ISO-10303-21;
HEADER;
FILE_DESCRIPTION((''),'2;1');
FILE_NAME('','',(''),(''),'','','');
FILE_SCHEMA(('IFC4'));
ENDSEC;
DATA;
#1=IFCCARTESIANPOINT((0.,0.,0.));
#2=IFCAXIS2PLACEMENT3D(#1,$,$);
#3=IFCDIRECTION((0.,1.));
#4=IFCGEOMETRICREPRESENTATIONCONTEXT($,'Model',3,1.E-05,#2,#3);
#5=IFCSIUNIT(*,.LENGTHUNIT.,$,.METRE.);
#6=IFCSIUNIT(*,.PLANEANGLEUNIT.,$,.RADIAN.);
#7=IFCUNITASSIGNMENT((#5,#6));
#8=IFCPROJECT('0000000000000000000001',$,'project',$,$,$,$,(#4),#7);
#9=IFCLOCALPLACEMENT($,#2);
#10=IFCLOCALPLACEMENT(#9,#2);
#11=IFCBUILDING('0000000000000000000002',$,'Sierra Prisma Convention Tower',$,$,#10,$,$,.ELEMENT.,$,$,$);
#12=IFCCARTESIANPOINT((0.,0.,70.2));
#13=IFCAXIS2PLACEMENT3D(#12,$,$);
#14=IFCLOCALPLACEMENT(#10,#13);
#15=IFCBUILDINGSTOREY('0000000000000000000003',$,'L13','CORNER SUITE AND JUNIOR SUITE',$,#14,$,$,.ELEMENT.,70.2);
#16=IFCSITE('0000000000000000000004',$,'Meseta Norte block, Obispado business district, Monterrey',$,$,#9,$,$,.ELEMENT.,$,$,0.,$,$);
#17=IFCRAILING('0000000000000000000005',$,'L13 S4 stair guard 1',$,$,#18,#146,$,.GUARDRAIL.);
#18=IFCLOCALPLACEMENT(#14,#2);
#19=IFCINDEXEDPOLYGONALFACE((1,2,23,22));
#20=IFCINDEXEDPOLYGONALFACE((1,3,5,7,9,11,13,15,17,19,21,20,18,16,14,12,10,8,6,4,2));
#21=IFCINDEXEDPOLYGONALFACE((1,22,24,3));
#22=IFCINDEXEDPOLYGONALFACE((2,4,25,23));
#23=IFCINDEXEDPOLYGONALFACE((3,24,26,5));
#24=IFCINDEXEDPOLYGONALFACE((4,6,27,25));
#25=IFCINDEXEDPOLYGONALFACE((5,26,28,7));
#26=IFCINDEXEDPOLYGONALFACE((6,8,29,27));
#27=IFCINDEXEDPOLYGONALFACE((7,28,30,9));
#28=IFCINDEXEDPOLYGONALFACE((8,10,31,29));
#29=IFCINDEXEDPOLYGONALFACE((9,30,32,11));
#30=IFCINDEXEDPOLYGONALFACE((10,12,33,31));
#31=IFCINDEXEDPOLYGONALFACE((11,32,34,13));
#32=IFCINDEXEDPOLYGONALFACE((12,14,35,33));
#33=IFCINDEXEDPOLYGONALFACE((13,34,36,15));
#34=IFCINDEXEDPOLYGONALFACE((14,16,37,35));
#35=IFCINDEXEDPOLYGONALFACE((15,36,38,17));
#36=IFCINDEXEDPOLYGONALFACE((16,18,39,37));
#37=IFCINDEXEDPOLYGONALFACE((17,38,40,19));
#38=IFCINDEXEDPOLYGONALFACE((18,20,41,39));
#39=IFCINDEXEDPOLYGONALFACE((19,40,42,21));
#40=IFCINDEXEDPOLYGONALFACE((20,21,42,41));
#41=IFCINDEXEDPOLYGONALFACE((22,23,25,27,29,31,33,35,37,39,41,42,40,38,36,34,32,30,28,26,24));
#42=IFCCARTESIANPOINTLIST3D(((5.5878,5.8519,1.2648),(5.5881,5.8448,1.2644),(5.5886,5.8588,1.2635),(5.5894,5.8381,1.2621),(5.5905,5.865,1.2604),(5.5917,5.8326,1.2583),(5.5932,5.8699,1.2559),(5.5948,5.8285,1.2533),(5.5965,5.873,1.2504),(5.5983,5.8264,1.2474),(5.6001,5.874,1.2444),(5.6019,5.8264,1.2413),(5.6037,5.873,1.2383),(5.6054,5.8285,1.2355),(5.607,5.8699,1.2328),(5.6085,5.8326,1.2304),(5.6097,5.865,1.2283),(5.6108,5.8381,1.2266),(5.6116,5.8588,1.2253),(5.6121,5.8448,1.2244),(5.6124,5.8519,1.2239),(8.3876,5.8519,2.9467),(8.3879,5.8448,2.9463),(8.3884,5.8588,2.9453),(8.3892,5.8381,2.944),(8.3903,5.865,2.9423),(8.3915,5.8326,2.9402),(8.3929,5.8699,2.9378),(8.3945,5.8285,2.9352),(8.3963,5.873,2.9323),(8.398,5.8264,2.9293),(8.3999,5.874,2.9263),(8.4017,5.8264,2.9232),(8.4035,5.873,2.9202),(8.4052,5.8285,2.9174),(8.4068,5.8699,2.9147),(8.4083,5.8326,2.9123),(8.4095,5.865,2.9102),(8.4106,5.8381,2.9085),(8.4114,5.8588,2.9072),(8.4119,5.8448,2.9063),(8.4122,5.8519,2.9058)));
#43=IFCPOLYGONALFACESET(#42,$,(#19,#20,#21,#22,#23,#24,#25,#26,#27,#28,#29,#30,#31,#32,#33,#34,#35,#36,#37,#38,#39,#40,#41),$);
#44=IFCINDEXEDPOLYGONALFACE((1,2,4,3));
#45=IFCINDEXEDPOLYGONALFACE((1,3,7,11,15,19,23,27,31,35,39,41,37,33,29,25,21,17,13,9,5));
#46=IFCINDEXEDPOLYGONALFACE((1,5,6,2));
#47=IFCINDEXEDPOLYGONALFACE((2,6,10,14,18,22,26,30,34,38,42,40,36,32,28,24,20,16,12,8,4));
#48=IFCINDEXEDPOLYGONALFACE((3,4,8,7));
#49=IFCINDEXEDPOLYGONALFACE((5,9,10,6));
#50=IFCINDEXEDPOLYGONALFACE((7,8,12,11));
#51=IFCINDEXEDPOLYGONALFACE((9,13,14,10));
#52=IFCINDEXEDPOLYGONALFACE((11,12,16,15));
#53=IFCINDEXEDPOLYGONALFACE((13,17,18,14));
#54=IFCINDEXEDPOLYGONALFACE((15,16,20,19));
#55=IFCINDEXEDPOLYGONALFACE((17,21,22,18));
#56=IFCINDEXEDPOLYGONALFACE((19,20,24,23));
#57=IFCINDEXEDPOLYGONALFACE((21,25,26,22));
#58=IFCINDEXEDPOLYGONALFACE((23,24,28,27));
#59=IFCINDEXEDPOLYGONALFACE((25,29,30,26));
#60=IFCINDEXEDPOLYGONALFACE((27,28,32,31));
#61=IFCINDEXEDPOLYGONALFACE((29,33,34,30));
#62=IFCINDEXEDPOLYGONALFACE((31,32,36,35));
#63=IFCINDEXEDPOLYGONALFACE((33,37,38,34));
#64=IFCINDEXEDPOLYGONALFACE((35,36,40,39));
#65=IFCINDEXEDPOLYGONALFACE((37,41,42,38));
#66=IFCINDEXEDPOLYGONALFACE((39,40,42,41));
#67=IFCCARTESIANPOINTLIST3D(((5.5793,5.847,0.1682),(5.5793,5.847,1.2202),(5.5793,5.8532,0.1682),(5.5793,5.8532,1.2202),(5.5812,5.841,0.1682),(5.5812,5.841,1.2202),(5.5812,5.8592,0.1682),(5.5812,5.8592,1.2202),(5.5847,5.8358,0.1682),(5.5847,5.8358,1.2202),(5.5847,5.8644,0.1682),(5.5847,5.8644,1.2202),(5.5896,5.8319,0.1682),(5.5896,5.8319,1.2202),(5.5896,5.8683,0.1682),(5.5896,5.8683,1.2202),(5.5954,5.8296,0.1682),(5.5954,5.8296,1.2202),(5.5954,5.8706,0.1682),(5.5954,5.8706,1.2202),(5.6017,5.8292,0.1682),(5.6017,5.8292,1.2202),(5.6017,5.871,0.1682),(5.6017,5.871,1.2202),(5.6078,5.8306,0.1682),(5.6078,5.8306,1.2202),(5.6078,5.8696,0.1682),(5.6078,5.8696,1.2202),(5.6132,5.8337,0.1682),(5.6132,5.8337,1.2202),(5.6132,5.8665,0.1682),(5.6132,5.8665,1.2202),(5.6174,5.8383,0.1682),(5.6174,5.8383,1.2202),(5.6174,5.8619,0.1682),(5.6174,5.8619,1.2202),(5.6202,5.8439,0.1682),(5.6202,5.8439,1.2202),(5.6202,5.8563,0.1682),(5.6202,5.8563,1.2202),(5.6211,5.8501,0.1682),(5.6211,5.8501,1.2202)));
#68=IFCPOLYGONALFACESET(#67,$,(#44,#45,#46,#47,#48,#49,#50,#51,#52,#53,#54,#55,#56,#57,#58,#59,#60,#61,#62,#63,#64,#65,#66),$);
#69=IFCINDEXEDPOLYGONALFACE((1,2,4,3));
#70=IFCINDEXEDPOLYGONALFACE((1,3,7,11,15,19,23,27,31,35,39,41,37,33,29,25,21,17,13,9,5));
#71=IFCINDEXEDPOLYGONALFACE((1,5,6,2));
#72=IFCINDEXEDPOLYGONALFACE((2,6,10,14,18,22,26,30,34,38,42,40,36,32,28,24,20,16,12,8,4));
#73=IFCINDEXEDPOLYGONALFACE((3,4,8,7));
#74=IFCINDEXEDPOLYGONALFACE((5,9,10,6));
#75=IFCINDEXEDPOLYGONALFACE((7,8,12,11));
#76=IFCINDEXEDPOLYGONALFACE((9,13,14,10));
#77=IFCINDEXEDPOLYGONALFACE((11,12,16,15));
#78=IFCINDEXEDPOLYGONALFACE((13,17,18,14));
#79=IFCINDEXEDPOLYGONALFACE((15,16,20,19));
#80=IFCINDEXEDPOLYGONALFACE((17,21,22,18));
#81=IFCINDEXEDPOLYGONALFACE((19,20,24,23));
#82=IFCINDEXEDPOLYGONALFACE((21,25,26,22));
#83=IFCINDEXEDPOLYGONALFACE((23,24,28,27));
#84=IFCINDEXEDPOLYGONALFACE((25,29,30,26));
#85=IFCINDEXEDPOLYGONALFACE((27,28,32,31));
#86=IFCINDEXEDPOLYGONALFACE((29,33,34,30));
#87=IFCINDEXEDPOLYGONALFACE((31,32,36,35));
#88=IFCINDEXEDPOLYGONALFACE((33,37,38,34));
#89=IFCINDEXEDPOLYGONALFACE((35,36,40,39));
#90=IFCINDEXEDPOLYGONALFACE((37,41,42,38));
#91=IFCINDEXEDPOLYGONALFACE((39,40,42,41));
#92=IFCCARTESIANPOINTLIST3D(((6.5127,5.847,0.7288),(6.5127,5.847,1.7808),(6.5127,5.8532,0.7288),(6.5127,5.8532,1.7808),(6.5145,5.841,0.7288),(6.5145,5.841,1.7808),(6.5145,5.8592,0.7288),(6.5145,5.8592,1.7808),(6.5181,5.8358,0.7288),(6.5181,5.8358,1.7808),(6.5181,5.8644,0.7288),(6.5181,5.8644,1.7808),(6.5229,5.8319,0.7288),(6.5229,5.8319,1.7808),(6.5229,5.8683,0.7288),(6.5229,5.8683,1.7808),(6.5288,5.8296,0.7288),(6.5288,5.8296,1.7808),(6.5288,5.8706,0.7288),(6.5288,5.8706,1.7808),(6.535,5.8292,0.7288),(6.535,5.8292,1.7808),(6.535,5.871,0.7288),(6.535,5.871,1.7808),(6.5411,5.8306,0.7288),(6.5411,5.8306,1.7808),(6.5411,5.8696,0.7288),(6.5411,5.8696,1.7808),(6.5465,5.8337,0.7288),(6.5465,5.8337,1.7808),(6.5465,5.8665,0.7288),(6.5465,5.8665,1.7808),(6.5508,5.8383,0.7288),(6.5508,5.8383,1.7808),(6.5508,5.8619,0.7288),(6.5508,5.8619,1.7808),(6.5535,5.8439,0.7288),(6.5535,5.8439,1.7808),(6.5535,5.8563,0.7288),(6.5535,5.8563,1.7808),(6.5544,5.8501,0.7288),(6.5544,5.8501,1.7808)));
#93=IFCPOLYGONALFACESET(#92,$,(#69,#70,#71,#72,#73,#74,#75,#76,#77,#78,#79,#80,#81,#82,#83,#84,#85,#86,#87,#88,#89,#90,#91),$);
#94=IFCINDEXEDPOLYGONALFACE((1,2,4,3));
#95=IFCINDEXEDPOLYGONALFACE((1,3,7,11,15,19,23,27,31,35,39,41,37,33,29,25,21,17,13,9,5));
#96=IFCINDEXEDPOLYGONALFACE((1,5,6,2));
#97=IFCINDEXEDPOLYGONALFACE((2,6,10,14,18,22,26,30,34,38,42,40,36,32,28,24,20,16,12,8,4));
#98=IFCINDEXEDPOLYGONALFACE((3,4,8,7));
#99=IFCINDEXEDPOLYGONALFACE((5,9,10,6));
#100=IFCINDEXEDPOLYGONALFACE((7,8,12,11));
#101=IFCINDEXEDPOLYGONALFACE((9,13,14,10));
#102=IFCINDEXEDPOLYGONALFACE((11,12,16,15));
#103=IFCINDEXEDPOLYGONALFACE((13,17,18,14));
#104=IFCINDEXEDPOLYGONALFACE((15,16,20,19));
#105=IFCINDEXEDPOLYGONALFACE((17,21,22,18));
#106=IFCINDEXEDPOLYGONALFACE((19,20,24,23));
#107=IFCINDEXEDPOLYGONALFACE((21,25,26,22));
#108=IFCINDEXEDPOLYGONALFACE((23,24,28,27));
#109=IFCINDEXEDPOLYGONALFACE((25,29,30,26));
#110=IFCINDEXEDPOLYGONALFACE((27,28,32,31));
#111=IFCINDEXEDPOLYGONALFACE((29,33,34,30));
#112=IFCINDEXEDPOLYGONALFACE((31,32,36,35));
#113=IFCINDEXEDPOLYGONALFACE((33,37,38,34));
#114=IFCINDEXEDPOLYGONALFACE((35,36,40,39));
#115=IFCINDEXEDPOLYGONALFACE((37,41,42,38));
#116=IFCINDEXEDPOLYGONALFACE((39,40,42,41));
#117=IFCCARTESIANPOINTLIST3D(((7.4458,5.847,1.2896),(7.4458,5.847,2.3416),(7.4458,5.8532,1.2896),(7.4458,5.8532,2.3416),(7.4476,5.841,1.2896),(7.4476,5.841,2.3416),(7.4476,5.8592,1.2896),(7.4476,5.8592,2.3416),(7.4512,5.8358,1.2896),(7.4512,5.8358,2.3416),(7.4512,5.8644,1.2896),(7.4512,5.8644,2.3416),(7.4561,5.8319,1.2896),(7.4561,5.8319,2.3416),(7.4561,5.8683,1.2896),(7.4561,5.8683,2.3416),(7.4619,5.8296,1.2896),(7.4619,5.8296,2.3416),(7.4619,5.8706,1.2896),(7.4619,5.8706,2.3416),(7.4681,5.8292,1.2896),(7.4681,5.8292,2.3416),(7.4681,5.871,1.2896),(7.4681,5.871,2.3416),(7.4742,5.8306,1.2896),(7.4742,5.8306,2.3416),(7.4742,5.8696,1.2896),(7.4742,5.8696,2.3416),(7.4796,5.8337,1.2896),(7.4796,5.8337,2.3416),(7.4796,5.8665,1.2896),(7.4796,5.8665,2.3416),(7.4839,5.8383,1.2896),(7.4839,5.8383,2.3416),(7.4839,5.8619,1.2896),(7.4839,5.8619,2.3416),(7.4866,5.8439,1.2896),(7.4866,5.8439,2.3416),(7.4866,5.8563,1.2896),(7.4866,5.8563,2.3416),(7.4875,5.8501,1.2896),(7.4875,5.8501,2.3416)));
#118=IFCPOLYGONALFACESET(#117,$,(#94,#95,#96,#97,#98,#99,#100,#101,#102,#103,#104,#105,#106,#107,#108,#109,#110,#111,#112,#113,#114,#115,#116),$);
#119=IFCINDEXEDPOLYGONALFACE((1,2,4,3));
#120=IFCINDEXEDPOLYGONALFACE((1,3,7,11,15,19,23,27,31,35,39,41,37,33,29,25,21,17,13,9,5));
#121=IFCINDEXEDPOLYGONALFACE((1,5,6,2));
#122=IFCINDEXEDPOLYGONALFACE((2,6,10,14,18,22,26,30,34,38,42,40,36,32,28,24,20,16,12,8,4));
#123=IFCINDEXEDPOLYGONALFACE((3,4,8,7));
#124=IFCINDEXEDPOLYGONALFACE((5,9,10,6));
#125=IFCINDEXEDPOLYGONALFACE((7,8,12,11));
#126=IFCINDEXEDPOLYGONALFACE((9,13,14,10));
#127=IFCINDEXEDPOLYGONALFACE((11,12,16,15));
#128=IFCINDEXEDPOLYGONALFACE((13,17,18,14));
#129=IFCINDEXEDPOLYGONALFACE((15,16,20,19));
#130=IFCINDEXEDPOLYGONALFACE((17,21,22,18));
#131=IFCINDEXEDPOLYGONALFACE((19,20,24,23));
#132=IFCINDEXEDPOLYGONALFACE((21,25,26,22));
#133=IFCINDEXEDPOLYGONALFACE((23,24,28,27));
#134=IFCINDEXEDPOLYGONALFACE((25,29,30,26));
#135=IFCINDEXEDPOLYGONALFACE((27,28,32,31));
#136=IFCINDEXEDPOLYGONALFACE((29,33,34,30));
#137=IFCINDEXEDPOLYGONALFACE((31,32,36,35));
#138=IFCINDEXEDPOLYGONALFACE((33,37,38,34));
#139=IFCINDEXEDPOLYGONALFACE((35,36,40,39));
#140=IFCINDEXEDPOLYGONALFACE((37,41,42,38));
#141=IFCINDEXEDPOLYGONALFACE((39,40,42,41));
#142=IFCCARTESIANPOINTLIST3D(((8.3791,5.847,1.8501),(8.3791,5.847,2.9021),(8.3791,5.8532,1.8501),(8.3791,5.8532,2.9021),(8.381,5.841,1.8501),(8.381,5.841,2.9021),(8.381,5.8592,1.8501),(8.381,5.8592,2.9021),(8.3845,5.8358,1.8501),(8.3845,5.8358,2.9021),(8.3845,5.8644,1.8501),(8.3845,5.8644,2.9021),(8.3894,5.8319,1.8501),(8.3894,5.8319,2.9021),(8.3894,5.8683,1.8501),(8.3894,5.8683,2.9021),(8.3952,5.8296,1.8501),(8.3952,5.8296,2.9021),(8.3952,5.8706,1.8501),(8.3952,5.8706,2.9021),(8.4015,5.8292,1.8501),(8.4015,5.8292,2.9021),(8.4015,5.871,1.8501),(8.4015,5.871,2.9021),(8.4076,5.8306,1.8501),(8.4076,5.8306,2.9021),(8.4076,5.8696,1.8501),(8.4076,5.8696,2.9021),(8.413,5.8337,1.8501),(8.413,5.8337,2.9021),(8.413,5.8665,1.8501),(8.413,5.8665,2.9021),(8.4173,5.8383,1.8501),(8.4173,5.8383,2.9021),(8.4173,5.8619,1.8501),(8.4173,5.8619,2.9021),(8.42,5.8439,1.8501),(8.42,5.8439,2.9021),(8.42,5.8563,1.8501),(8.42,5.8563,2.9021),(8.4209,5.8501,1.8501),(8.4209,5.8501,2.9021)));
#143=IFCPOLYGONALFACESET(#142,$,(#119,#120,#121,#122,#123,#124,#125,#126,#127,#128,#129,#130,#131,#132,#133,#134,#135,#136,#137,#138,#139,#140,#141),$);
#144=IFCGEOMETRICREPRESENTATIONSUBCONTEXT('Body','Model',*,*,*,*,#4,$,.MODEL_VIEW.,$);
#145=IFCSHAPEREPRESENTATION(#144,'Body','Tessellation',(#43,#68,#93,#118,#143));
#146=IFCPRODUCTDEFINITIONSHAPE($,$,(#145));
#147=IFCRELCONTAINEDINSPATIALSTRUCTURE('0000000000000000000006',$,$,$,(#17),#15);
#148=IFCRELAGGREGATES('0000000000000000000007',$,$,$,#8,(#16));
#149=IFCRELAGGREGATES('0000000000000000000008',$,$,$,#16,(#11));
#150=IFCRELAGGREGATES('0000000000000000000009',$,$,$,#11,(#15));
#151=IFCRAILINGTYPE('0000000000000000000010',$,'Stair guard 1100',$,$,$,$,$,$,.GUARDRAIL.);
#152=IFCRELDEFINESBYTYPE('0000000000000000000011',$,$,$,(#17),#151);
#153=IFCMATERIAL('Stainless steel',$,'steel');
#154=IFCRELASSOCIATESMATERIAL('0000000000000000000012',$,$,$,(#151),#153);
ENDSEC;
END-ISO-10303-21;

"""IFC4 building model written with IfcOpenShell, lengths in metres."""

from ifc_helpers import new_model, si_unit, direction, frame, origin, origin_2d, place, context, subcontext, project, spatial, circle, extrude, material, type_object, element, save


model = new_model("IFC4")

# Units and contexts
model_context = context("Model", 3, precision=1e-05, world=origin(), true_north=direction((0.0, 1.0)))
body_context = subcontext(model_context, "Body", "Model", "MODEL_VIEW")
ifc_project = project(units=[si_unit("LENGTHUNIT", "METRE"), si_unit("PLANEANGLEUNIT", "RADIAN")], contexts=[model_context])

# Site, building, storey
site_placement = place(None, origin())
site = spatial("IfcSite", under=ifc_project, at=site_placement, Name="Meseta Norte block, Obispado business district, Monterrey", CompositionType="ELEMENT", RefElevation=0.0)
building_placement = place(site_placement, origin())
building = spatial("IfcBuilding", under=site, at=building_placement, Name="Sierra Prisma Convention Tower", CompositionType="ELEMENT")
storey_placement = place(building_placement, frame((0.0, 0.0, 70.2)))
storey = spatial("IfcBuildingStorey", under=building, at=storey_placement, Name="L13", Description="CORNER SUITE AND JUNIOR SUITE", CompositionType="ELEMENT", Elevation=70.2)

# Railing
ifc_material_1 = material(Name="Stainless steel", Category="steel")
railing_type_1 = type_object("IfcRailingType", Name="Stair guard 1100", PredefinedType="GUARDRAIL", material=ifc_material_1)
railing_1_placement = place(storey_placement, frame((5.6001, 5.8501, 0.1682)))
element("IfcRailing", 1, at=railing_1_placement, inside=storey, type_object=railing_type_1, Name="L13 S4 stair guard 1", PredefinedType="GUARDRAIL", context=body_context, shape_type="SweptSolid", body=[
    extrude(circle(Radius=0.0239, at=origin_2d()), frame((0.0, 0.0, 1.0762), z_axis=(0.857222, 0.0, 0.514946), x_axis=(0.0, 1.0, 0.0)), (0.0, 0.0, 1.0), 3.2661),
    extrude(circle(Radius=0.021, at=origin_2d()), origin(), (0.0, 0.0, 1.0), 1.052),
    extrude(circle(Radius=0.021, at=origin_2d()), frame((0.9333, 0.0, 0.5605)), (0.0, 0.0, 1.0), 1.052),
    extrude(circle(Radius=0.021, at=origin_2d()), frame((1.8665, 0.0, 1.1213)), (0.0, 0.0, 1.0), 1.052),
    extrude(circle(Radius=0.021, at=origin_2d()), frame((2.7998, 0.0, 1.6819)), (0.0, 0.0, 1.0), 1.052),
])

save(model, "model.ifc")
